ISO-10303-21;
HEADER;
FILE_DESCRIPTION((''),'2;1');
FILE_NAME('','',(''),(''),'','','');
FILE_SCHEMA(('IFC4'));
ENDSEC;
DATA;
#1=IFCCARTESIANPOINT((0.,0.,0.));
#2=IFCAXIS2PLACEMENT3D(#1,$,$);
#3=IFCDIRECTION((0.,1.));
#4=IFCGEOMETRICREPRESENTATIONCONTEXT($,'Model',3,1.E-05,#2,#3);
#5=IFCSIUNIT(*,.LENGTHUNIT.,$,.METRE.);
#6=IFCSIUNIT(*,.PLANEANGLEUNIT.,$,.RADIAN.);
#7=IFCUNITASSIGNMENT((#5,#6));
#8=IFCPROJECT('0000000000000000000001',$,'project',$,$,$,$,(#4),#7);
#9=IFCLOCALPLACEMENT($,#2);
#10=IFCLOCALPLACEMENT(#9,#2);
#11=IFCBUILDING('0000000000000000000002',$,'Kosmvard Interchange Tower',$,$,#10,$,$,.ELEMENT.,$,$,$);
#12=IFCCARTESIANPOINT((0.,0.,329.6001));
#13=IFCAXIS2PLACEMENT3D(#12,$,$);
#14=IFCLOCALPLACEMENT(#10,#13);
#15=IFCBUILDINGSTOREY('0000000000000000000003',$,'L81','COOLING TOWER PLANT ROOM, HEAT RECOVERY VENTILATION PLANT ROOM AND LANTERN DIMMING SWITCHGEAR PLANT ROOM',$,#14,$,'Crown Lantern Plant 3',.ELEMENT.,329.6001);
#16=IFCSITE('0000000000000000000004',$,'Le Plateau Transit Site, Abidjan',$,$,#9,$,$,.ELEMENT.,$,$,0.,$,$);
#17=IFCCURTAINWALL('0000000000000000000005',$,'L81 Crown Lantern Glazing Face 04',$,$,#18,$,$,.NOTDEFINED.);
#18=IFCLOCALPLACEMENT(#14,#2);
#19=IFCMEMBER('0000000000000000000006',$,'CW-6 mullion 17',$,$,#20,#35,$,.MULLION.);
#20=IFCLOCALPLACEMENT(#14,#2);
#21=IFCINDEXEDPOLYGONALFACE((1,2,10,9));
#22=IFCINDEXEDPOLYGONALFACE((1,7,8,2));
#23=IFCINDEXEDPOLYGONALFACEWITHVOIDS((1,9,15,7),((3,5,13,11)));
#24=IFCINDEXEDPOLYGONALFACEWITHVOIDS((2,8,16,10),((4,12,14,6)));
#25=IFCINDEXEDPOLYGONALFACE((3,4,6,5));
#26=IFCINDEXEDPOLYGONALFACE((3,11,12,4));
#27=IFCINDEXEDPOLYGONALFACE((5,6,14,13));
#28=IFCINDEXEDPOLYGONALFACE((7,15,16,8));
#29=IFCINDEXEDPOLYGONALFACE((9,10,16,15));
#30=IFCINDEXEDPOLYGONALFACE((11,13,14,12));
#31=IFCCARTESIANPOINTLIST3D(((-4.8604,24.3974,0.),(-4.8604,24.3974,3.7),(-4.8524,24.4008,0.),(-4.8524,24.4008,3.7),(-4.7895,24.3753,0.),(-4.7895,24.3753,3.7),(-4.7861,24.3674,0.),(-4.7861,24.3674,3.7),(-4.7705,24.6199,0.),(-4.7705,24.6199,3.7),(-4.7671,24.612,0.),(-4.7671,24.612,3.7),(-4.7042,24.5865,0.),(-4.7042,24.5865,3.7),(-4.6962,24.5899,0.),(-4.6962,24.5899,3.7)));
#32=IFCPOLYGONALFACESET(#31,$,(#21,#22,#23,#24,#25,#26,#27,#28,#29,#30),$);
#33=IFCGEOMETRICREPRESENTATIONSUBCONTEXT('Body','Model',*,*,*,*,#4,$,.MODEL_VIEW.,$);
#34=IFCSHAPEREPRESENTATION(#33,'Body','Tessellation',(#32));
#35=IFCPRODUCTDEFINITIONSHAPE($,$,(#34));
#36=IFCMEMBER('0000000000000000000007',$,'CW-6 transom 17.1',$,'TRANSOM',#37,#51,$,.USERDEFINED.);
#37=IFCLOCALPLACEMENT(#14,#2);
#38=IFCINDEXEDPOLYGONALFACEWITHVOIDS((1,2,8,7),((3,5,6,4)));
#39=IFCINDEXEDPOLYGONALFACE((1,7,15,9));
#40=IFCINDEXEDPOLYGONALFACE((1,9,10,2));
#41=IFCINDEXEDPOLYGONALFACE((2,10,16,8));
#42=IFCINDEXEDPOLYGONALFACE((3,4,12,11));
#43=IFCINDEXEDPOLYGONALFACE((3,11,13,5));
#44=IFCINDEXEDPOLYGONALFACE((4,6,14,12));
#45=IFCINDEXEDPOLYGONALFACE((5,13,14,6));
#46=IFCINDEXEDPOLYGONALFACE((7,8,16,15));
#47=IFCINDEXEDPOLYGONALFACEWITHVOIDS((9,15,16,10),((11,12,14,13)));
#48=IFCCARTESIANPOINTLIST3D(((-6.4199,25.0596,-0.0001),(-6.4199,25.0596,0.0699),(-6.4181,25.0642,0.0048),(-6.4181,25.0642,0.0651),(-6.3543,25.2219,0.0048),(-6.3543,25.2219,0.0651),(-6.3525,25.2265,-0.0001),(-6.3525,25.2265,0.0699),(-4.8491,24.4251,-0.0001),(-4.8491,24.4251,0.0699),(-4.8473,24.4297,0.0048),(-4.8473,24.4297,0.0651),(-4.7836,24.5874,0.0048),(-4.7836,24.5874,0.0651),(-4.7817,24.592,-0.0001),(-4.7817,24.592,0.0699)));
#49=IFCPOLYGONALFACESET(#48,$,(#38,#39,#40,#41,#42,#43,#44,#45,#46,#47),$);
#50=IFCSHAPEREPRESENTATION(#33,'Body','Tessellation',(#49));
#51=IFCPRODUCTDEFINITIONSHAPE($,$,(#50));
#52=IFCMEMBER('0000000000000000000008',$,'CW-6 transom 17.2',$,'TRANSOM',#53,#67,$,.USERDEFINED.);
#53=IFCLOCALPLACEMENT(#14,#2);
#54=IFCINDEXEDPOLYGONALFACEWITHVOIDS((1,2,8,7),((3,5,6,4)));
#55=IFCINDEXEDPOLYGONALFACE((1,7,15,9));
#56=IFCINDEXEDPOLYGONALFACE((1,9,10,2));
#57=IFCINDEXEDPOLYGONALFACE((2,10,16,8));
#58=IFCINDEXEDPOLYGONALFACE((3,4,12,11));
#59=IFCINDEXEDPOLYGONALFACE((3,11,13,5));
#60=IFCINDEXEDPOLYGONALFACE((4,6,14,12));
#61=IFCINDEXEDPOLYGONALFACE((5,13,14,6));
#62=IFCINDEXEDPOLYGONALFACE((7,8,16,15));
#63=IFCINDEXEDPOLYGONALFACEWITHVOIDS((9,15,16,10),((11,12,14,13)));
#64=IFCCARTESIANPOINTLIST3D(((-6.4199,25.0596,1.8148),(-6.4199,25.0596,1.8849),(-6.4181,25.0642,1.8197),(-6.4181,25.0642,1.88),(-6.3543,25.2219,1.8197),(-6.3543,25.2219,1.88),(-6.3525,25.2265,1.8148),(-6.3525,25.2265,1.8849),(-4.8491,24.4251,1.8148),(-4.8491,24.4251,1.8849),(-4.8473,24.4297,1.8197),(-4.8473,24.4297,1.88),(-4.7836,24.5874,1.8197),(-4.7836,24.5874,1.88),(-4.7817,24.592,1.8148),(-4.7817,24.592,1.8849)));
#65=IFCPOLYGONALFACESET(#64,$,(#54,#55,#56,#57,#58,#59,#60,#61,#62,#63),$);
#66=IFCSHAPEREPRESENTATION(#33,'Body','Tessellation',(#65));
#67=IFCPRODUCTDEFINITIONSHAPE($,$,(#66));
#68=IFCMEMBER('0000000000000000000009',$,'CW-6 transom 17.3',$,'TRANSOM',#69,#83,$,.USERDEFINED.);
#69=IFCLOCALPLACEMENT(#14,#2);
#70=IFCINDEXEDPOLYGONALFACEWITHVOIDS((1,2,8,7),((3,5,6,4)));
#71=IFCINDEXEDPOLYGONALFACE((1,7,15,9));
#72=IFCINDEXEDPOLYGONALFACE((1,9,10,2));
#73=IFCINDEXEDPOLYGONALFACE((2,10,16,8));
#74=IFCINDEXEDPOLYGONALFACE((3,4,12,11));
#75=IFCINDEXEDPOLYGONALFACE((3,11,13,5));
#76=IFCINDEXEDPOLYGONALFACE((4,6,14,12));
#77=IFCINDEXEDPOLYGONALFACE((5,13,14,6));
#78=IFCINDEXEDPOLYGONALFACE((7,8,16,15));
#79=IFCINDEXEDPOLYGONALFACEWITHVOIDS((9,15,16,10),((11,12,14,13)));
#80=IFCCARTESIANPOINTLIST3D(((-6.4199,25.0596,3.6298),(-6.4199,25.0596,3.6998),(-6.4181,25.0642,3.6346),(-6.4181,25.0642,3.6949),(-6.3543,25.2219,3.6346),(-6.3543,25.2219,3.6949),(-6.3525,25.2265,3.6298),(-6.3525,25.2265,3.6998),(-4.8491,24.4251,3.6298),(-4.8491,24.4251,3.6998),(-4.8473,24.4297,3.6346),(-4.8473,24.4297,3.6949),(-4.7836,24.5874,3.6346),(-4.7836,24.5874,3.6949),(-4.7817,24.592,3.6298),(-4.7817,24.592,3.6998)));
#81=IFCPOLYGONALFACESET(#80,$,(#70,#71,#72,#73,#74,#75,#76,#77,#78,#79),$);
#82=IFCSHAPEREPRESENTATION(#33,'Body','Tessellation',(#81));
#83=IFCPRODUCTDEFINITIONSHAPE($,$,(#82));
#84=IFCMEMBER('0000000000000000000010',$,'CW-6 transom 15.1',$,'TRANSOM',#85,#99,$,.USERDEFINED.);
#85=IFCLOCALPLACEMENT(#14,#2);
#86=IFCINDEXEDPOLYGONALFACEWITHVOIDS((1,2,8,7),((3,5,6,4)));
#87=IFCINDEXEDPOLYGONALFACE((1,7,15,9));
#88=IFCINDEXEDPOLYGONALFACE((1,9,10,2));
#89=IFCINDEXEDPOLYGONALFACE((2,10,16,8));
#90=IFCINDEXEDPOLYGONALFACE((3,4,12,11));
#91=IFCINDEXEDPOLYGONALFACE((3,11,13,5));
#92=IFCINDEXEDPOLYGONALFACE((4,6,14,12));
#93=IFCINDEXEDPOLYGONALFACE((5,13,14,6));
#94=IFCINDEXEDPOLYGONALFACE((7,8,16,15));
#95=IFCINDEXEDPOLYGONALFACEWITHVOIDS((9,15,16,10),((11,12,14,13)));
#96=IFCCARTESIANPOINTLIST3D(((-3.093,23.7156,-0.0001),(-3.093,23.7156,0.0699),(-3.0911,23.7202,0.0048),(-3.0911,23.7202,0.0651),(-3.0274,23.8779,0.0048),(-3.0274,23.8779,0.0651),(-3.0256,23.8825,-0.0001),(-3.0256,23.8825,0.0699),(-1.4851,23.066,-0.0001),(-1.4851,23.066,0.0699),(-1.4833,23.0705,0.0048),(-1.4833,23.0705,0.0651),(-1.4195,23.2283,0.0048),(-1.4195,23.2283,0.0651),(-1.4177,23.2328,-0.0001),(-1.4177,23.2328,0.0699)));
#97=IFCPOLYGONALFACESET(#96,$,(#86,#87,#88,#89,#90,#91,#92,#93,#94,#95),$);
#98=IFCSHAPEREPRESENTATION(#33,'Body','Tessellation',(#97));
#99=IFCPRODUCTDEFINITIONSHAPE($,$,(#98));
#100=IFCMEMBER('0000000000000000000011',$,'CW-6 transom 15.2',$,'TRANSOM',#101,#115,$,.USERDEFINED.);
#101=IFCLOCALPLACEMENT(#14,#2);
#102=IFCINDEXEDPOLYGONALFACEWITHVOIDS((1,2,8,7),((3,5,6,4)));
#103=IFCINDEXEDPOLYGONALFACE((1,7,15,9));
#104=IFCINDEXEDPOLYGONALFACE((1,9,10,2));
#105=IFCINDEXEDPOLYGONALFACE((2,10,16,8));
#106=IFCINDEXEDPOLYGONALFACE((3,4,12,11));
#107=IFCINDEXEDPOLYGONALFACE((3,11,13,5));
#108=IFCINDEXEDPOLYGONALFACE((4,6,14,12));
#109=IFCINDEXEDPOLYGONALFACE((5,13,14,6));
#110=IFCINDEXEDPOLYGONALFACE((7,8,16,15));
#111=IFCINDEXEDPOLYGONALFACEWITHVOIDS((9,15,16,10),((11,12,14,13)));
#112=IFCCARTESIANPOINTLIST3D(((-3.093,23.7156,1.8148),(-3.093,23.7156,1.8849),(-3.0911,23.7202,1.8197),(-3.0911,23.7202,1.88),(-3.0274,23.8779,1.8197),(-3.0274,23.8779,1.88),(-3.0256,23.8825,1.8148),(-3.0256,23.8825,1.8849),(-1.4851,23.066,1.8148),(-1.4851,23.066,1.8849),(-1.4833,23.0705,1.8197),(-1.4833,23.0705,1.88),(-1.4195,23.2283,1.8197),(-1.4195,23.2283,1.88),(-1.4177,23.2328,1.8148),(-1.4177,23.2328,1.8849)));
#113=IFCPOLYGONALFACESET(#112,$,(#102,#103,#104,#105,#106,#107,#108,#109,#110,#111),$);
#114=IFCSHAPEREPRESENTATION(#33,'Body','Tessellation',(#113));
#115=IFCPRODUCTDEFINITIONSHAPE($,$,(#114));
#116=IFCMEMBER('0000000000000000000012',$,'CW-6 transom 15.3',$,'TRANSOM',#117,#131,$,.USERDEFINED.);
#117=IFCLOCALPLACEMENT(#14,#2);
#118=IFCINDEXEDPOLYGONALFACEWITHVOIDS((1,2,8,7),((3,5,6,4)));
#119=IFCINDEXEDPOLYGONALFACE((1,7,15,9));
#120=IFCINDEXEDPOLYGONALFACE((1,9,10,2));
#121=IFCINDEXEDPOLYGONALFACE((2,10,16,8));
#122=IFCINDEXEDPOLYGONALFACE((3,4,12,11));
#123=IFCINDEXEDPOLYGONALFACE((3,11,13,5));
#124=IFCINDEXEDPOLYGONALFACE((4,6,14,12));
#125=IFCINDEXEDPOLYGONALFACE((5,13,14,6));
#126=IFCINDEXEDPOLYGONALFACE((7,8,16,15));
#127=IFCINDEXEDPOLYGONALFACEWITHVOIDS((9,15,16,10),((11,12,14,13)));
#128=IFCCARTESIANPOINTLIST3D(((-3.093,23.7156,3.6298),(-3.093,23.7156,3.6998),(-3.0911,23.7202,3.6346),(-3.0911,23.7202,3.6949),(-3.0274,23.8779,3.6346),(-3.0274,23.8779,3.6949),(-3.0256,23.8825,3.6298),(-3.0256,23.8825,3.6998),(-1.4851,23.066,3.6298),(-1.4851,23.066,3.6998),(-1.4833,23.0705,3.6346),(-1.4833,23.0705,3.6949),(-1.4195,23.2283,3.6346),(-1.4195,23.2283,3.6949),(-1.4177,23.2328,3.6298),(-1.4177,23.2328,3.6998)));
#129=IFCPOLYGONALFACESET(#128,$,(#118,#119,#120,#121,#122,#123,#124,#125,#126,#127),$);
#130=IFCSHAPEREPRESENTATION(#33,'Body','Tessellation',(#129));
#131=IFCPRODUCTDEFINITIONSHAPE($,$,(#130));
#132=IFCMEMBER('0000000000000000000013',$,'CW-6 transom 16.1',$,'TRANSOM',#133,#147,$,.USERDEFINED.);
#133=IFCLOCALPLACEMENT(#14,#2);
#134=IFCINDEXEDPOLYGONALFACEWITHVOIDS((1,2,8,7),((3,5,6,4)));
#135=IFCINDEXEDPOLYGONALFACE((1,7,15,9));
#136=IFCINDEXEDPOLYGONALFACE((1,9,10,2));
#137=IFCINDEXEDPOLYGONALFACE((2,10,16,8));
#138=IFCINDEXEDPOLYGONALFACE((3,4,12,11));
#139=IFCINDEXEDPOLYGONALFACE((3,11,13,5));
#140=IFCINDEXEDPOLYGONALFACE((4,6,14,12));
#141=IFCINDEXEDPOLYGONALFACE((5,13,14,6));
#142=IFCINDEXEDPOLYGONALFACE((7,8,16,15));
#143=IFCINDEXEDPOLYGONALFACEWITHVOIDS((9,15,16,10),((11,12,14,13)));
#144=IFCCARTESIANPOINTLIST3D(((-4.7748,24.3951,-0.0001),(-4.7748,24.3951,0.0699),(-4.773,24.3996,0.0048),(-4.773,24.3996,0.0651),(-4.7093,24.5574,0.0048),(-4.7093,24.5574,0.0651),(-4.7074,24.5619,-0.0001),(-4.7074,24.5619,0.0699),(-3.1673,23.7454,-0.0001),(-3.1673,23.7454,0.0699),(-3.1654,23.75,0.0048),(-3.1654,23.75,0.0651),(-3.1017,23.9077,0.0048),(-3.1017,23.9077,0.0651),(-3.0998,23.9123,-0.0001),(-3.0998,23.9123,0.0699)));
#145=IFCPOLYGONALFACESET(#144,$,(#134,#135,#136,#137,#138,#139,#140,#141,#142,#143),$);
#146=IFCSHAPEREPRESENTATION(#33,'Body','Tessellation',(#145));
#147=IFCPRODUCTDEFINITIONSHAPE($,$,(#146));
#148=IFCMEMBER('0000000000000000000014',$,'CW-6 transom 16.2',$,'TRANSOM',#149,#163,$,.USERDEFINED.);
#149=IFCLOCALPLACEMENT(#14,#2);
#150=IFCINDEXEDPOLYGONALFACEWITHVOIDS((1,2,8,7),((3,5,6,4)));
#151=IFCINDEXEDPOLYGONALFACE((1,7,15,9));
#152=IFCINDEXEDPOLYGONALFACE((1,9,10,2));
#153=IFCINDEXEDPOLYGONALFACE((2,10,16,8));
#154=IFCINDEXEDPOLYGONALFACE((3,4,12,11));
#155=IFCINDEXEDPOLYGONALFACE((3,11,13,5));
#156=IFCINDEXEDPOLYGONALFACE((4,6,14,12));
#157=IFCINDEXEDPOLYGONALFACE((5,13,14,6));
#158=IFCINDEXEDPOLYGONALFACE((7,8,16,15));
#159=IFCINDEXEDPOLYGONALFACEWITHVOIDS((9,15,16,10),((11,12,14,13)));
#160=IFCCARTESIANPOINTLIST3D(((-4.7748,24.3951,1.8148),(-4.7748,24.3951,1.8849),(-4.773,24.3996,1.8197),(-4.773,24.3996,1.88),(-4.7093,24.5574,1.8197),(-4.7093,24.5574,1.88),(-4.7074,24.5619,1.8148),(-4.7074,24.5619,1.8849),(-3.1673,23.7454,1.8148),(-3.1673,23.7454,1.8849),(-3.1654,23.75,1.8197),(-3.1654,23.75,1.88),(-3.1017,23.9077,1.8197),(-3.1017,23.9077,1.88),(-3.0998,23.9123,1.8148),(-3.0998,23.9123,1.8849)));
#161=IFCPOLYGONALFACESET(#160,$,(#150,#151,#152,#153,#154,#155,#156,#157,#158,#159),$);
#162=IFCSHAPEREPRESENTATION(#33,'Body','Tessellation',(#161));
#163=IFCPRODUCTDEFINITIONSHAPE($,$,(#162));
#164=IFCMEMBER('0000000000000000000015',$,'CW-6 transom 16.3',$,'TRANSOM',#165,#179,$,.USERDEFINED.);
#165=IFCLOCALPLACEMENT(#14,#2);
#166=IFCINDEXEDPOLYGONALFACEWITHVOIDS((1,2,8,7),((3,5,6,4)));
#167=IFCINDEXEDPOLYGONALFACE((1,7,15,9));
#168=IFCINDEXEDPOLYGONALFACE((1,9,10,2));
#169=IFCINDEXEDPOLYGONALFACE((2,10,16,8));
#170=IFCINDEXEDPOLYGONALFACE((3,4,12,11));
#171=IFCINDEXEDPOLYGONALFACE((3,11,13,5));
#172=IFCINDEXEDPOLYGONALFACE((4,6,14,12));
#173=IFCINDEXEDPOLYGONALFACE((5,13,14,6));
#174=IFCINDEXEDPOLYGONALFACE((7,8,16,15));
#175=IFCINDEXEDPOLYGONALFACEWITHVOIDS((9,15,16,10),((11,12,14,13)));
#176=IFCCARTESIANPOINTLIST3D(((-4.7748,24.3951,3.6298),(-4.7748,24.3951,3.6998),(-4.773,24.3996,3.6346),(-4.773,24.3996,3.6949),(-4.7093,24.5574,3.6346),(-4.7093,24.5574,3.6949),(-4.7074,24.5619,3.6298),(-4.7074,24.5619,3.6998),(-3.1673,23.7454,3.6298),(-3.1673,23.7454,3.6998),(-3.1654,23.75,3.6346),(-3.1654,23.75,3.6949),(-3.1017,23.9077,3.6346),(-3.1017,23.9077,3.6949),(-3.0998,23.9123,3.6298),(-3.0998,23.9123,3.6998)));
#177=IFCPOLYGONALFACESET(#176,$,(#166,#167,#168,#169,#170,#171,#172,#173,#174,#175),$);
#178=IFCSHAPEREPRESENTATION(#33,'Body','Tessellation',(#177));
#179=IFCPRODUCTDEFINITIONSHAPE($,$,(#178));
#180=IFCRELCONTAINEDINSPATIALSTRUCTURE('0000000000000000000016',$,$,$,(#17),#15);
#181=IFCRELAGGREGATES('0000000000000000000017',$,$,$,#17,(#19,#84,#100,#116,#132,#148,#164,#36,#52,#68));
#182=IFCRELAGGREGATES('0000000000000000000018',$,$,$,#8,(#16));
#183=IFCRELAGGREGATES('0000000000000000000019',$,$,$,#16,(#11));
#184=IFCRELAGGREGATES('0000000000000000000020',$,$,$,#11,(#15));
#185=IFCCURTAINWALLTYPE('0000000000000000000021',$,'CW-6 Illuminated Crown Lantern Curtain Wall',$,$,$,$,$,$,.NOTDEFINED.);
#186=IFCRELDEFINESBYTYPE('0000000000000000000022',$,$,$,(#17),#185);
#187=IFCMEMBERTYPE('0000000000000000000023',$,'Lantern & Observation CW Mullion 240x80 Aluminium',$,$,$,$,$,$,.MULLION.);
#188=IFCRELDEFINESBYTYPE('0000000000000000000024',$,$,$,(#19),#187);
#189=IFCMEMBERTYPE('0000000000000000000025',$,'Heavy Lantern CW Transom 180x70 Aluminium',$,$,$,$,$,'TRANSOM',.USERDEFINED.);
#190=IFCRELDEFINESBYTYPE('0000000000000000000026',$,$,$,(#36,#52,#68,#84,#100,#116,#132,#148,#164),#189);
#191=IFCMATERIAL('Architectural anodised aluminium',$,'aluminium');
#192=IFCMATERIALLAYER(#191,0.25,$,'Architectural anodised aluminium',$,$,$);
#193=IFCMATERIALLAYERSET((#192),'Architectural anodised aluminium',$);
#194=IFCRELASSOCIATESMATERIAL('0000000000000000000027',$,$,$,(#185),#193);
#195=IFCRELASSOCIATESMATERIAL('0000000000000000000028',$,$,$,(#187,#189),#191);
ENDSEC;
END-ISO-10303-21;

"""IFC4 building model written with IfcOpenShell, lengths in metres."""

from ifc_helpers import new_model, si_unit, direction, frame, origin, origin_2d, place, context, subcontext, project, spatial, hollow_rectangle, extrude, source, transform, mapped, material, layer, layer_set, material_profile, profile_set, type_object, element, aggregate, save


model = new_model("IFC4")

# Units and contexts
model_context = context("Model", 3, precision=1e-05, world=origin(), true_north=direction((0.0, 1.0)))
body_context = subcontext(model_context, "Body", "Model", "MODEL_VIEW")
ifc_project = project(units=[si_unit("LENGTHUNIT", "METRE"), si_unit("PLANEANGLEUNIT", "RADIAN")], contexts=[model_context])

# Site, building, storey
site_placement = place(None, origin())
site = spatial("IfcSite", under=ifc_project, at=site_placement, Name="Le Plateau Transit Site, Abidjan", CompositionType="ELEMENT", RefElevation=0.0)
building_placement = place(site_placement, origin())
building = spatial("IfcBuilding", under=site, at=building_placement, Name="Kosmvard Interchange Tower", CompositionType="ELEMENT")
storey_placement = place(building_placement, frame((0.0, 0.0, 329.6001)))
storey = spatial("IfcBuildingStorey", under=building, at=storey_placement, Name="L81", Description="COOLING TOWER PLANT ROOM, HEAT RECOVERY VENTILATION PLANT ROOM AND LANTERN DIMMING SWITCHGEAR PLANT ROOM", LongName="Crown Lantern Plant 3", CompositionType="ELEMENT", Elevation=329.6001)

# Curtain wall, members
ifc_material_1 = material(Name="Architectural anodised aluminium", Category="aluminium")
ifc_layer_1 = layer(ifc_material_1, 0.25, Name="Architectural anodised aluminium")
ifc_layer_set_1 = layer_set([ifc_layer_1], Name="Architectural anodised aluminium")
curtain_wall_type = type_object("IfcCurtainWallType", Name="CW-6 Illuminated Crown Lantern Curtain Wall", PredefinedType="NOTDEFINED", material=ifc_layer_set_1)
curtain_wall_placement = place(storey_placement, origin())
curtain_wall = element("IfcCurtainWall", 1, at=curtain_wall_placement, inside=storey, type_object=curtain_wall_type, Name="L81 Crown Lantern Glazing Face 04", PredefinedType="NOTDEFINED")
ifc_material_profile_1 = material_profile(ifc_material_1, hollow_rectangle(XDim=0.24, YDim=0.0801, WallThickness=0.0061, at=origin_2d()), Name="CWM 240x80x6")
ifc_profile_set_1 = profile_set([ifc_material_profile_1], Name="Architectural anodised aluminium")
member_type_1 = type_object("IfcMemberType", Name="Lantern & Observation CW Mullion 240x80 Aluminium", PredefinedType="MULLION", material=ifc_profile_set_1)
shared_shape_1 = source(origin(), body_context, "Body", "SweptSolid", [
    extrude(hollow_rectangle(XDim=0.24, YDim=0.0801, WallThickness=0.0061, at=origin_2d()), origin(), (0.0, 0.0, 1.0), 3.7),
])
member_1_placement = place(storey_placement, frame((-4.7783, 24.4937, 0.0), z_axis=(0.0, 0.0, 1.0), x_axis=(-0.374607, -0.927184, 0.0)))
member_1 = element("IfcMember", 2, at=member_1_placement, type_object=member_type_1, Name="CW-6 mullion 17", PredefinedType="MULLION", context=body_context, shape_type="MappedRepresentation", body=[
    mapped(shared_shape_1, transform((0.0, 0.0, 0.0), scale=1.0)),
])
ifc_material_profile_2 = material_profile(ifc_material_1, hollow_rectangle(XDim=0.1799, YDim=0.0701, WallThickness=0.0049, at=origin_2d()), Name="CWT 180x70x5")
ifc_profile_set_2 = profile_set([ifc_material_profile_2], Name="Architectural anodised aluminium")
member_type_2 = type_object("IfcMemberType", Name="Heavy Lantern CW Transom 180x70 Aluminium", ElementType="TRANSOM", PredefinedType="USERDEFINED", material=ifc_profile_set_2)
shared_shape_2 = source(origin(), body_context, "Body", "SweptSolid", [
    extrude(hollow_rectangle(XDim=0.1799, YDim=0.0701, WallThickness=0.0049, at=origin_2d()), origin(), (0.0, 0.0, 1.0), 1.6941),
])
member_2_placement = place(storey_placement, frame((-4.8154, 24.5085, 0.0349), z_axis=(-0.927209, 0.374544, 0.0), x_axis=(-0.374544, -0.927209, 0.0)))
member_2 = element("IfcMember", 3, at=member_2_placement, type_object=member_type_2, Name="CW-6 transom 17.1", ObjectType="TRANSOM", PredefinedType="USERDEFINED", context=body_context, shape_type="MappedRepresentation", body=[
    mapped(shared_shape_2, transform((0.0, 0.0, 0.0), scale=1.0)),
])
member_3_placement = place(storey_placement, frame((-4.8154, 24.5085, 1.8499), z_axis=(-0.927209, 0.374544, 0.0), x_axis=(-0.374544, -0.927209, 0.0)))
member_3 = element("IfcMember", 4, at=member_3_placement, type_object=member_type_2, Name="CW-6 transom 17.2", ObjectType="TRANSOM", PredefinedType="USERDEFINED", context=body_context, shape_type="MappedRepresentation", body=[
    mapped(shared_shape_2, transform((0.0, 0.0, 0.0), scale=1.0)),
])
member_4_placement = place(storey_placement, frame((-4.8154, 24.5085, 3.6648), z_axis=(-0.927209, 0.374544, 0.0), x_axis=(-0.374544, -0.927209, 0.0)))
member_4 = element("IfcMember", 5, at=member_4_placement, type_object=member_type_2, Name="CW-6 transom 17.3", ObjectType="TRANSOM", PredefinedType="USERDEFINED", context=body_context, shape_type="MappedRepresentation", body=[
    mapped(shared_shape_2, transform((0.0, 0.0, 0.0), scale=1.0)),
])
shared_shape_3 = source(origin(), body_context, "Body", "SweptSolid", [
    extrude(hollow_rectangle(XDim=0.1799, YDim=0.0701, WallThickness=0.0049, at=origin_2d()), origin(), (0.0, 0.0, 1.0), 1.7341),
])
member_5_placement = place(storey_placement, frame((-1.4514, 23.1494, 0.0349), z_axis=(-0.92718, 0.374617, 0.0), x_axis=(-0.374617, -0.92718, 0.0)))
member_5 = element("IfcMember", 6, at=member_5_placement, type_object=member_type_2, Name="CW-6 transom 15.1", ObjectType="TRANSOM", PredefinedType="USERDEFINED", context=body_context, shape_type="MappedRepresentation", body=[
    mapped(shared_shape_3, transform((0.0, 0.0, 0.0), scale=1.0)),
])
member_6_placement = place(storey_placement, frame((-1.4514, 23.1494, 1.8499), z_axis=(-0.92718, 0.374617, 0.0), x_axis=(-0.374617, -0.92718, 0.0)))
member_6 = element("IfcMember", 7, at=member_6_placement, type_object=member_type_2, Name="CW-6 transom 15.2", ObjectType="TRANSOM", PredefinedType="USERDEFINED", context=body_context, shape_type="MappedRepresentation", body=[
    mapped(shared_shape_3, transform((0.0, 0.0, 0.0), scale=1.0)),
])
member_7_placement = place(storey_placement, frame((-1.4514, 23.1494, 3.6648), z_axis=(-0.92718, 0.374617, 0.0), x_axis=(-0.374617, -0.92718, 0.0)))
member_7 = element("IfcMember", 8, at=member_7_placement, type_object=member_type_2, Name="CW-6 transom 15.3", ObjectType="TRANSOM", PredefinedType="USERDEFINED", context=body_context, shape_type="MappedRepresentation", body=[
    mapped(shared_shape_3, transform((0.0, 0.0, 0.0), scale=1.0)),
])
shared_shape_4 = source(origin(), body_context, "Body", "SweptSolid", [
    extrude(hollow_rectangle(XDim=0.1799, YDim=0.0701, WallThickness=0.0049, at=origin_2d()), origin(), (0.0, 0.0, 1.0), 1.7339),
])
member_8_placement = place(storey_placement, frame((-3.1335, 23.8289, 0.0349), z_axis=(-0.92716, 0.374666, 0.0), x_axis=(-0.374666, -0.92716, 0.0)))
member_8 = element("IfcMember", 9, at=member_8_placement, type_object=member_type_2, Name="CW-6 transom 16.1", ObjectType="TRANSOM", PredefinedType="USERDEFINED", context=body_context, shape_type="MappedRepresentation", body=[
    mapped(shared_shape_4, transform((0.0, 0.0, 0.0), scale=1.0)),
])
member_9_placement = place(storey_placement, frame((-3.1335, 23.8289, 1.8499), z_axis=(-0.92716, 0.374666, 0.0), x_axis=(-0.374666, -0.92716, 0.0)))
member_9 = element("IfcMember", 10, at=member_9_placement, type_object=member_type_2, Name="CW-6 transom 16.2", ObjectType="TRANSOM", PredefinedType="USERDEFINED", context=body_context, shape_type="MappedRepresentation", body=[
    mapped(shared_shape_4, transform((0.0, 0.0, 0.0), scale=1.0)),
])
member_10_placement = place(storey_placement, frame((-3.1335, 23.8289, 3.6648), z_axis=(-0.92716, 0.374666, 0.0), x_axis=(-0.374666, -0.92716, 0.0)))
member_10 = element("IfcMember", 11, at=member_10_placement, type_object=member_type_2, Name="CW-6 transom 16.3", ObjectType="TRANSOM", PredefinedType="USERDEFINED", context=body_context, shape_type="MappedRepresentation", body=[
    mapped(shared_shape_4, transform((0.0, 0.0, 0.0), scale=1.0)),
])

aggregate(curtain_wall, [member_1, member_5, member_6, member_7, member_8, member_9, member_10, member_2, member_3, member_4])

save(model, "model.ifc")
